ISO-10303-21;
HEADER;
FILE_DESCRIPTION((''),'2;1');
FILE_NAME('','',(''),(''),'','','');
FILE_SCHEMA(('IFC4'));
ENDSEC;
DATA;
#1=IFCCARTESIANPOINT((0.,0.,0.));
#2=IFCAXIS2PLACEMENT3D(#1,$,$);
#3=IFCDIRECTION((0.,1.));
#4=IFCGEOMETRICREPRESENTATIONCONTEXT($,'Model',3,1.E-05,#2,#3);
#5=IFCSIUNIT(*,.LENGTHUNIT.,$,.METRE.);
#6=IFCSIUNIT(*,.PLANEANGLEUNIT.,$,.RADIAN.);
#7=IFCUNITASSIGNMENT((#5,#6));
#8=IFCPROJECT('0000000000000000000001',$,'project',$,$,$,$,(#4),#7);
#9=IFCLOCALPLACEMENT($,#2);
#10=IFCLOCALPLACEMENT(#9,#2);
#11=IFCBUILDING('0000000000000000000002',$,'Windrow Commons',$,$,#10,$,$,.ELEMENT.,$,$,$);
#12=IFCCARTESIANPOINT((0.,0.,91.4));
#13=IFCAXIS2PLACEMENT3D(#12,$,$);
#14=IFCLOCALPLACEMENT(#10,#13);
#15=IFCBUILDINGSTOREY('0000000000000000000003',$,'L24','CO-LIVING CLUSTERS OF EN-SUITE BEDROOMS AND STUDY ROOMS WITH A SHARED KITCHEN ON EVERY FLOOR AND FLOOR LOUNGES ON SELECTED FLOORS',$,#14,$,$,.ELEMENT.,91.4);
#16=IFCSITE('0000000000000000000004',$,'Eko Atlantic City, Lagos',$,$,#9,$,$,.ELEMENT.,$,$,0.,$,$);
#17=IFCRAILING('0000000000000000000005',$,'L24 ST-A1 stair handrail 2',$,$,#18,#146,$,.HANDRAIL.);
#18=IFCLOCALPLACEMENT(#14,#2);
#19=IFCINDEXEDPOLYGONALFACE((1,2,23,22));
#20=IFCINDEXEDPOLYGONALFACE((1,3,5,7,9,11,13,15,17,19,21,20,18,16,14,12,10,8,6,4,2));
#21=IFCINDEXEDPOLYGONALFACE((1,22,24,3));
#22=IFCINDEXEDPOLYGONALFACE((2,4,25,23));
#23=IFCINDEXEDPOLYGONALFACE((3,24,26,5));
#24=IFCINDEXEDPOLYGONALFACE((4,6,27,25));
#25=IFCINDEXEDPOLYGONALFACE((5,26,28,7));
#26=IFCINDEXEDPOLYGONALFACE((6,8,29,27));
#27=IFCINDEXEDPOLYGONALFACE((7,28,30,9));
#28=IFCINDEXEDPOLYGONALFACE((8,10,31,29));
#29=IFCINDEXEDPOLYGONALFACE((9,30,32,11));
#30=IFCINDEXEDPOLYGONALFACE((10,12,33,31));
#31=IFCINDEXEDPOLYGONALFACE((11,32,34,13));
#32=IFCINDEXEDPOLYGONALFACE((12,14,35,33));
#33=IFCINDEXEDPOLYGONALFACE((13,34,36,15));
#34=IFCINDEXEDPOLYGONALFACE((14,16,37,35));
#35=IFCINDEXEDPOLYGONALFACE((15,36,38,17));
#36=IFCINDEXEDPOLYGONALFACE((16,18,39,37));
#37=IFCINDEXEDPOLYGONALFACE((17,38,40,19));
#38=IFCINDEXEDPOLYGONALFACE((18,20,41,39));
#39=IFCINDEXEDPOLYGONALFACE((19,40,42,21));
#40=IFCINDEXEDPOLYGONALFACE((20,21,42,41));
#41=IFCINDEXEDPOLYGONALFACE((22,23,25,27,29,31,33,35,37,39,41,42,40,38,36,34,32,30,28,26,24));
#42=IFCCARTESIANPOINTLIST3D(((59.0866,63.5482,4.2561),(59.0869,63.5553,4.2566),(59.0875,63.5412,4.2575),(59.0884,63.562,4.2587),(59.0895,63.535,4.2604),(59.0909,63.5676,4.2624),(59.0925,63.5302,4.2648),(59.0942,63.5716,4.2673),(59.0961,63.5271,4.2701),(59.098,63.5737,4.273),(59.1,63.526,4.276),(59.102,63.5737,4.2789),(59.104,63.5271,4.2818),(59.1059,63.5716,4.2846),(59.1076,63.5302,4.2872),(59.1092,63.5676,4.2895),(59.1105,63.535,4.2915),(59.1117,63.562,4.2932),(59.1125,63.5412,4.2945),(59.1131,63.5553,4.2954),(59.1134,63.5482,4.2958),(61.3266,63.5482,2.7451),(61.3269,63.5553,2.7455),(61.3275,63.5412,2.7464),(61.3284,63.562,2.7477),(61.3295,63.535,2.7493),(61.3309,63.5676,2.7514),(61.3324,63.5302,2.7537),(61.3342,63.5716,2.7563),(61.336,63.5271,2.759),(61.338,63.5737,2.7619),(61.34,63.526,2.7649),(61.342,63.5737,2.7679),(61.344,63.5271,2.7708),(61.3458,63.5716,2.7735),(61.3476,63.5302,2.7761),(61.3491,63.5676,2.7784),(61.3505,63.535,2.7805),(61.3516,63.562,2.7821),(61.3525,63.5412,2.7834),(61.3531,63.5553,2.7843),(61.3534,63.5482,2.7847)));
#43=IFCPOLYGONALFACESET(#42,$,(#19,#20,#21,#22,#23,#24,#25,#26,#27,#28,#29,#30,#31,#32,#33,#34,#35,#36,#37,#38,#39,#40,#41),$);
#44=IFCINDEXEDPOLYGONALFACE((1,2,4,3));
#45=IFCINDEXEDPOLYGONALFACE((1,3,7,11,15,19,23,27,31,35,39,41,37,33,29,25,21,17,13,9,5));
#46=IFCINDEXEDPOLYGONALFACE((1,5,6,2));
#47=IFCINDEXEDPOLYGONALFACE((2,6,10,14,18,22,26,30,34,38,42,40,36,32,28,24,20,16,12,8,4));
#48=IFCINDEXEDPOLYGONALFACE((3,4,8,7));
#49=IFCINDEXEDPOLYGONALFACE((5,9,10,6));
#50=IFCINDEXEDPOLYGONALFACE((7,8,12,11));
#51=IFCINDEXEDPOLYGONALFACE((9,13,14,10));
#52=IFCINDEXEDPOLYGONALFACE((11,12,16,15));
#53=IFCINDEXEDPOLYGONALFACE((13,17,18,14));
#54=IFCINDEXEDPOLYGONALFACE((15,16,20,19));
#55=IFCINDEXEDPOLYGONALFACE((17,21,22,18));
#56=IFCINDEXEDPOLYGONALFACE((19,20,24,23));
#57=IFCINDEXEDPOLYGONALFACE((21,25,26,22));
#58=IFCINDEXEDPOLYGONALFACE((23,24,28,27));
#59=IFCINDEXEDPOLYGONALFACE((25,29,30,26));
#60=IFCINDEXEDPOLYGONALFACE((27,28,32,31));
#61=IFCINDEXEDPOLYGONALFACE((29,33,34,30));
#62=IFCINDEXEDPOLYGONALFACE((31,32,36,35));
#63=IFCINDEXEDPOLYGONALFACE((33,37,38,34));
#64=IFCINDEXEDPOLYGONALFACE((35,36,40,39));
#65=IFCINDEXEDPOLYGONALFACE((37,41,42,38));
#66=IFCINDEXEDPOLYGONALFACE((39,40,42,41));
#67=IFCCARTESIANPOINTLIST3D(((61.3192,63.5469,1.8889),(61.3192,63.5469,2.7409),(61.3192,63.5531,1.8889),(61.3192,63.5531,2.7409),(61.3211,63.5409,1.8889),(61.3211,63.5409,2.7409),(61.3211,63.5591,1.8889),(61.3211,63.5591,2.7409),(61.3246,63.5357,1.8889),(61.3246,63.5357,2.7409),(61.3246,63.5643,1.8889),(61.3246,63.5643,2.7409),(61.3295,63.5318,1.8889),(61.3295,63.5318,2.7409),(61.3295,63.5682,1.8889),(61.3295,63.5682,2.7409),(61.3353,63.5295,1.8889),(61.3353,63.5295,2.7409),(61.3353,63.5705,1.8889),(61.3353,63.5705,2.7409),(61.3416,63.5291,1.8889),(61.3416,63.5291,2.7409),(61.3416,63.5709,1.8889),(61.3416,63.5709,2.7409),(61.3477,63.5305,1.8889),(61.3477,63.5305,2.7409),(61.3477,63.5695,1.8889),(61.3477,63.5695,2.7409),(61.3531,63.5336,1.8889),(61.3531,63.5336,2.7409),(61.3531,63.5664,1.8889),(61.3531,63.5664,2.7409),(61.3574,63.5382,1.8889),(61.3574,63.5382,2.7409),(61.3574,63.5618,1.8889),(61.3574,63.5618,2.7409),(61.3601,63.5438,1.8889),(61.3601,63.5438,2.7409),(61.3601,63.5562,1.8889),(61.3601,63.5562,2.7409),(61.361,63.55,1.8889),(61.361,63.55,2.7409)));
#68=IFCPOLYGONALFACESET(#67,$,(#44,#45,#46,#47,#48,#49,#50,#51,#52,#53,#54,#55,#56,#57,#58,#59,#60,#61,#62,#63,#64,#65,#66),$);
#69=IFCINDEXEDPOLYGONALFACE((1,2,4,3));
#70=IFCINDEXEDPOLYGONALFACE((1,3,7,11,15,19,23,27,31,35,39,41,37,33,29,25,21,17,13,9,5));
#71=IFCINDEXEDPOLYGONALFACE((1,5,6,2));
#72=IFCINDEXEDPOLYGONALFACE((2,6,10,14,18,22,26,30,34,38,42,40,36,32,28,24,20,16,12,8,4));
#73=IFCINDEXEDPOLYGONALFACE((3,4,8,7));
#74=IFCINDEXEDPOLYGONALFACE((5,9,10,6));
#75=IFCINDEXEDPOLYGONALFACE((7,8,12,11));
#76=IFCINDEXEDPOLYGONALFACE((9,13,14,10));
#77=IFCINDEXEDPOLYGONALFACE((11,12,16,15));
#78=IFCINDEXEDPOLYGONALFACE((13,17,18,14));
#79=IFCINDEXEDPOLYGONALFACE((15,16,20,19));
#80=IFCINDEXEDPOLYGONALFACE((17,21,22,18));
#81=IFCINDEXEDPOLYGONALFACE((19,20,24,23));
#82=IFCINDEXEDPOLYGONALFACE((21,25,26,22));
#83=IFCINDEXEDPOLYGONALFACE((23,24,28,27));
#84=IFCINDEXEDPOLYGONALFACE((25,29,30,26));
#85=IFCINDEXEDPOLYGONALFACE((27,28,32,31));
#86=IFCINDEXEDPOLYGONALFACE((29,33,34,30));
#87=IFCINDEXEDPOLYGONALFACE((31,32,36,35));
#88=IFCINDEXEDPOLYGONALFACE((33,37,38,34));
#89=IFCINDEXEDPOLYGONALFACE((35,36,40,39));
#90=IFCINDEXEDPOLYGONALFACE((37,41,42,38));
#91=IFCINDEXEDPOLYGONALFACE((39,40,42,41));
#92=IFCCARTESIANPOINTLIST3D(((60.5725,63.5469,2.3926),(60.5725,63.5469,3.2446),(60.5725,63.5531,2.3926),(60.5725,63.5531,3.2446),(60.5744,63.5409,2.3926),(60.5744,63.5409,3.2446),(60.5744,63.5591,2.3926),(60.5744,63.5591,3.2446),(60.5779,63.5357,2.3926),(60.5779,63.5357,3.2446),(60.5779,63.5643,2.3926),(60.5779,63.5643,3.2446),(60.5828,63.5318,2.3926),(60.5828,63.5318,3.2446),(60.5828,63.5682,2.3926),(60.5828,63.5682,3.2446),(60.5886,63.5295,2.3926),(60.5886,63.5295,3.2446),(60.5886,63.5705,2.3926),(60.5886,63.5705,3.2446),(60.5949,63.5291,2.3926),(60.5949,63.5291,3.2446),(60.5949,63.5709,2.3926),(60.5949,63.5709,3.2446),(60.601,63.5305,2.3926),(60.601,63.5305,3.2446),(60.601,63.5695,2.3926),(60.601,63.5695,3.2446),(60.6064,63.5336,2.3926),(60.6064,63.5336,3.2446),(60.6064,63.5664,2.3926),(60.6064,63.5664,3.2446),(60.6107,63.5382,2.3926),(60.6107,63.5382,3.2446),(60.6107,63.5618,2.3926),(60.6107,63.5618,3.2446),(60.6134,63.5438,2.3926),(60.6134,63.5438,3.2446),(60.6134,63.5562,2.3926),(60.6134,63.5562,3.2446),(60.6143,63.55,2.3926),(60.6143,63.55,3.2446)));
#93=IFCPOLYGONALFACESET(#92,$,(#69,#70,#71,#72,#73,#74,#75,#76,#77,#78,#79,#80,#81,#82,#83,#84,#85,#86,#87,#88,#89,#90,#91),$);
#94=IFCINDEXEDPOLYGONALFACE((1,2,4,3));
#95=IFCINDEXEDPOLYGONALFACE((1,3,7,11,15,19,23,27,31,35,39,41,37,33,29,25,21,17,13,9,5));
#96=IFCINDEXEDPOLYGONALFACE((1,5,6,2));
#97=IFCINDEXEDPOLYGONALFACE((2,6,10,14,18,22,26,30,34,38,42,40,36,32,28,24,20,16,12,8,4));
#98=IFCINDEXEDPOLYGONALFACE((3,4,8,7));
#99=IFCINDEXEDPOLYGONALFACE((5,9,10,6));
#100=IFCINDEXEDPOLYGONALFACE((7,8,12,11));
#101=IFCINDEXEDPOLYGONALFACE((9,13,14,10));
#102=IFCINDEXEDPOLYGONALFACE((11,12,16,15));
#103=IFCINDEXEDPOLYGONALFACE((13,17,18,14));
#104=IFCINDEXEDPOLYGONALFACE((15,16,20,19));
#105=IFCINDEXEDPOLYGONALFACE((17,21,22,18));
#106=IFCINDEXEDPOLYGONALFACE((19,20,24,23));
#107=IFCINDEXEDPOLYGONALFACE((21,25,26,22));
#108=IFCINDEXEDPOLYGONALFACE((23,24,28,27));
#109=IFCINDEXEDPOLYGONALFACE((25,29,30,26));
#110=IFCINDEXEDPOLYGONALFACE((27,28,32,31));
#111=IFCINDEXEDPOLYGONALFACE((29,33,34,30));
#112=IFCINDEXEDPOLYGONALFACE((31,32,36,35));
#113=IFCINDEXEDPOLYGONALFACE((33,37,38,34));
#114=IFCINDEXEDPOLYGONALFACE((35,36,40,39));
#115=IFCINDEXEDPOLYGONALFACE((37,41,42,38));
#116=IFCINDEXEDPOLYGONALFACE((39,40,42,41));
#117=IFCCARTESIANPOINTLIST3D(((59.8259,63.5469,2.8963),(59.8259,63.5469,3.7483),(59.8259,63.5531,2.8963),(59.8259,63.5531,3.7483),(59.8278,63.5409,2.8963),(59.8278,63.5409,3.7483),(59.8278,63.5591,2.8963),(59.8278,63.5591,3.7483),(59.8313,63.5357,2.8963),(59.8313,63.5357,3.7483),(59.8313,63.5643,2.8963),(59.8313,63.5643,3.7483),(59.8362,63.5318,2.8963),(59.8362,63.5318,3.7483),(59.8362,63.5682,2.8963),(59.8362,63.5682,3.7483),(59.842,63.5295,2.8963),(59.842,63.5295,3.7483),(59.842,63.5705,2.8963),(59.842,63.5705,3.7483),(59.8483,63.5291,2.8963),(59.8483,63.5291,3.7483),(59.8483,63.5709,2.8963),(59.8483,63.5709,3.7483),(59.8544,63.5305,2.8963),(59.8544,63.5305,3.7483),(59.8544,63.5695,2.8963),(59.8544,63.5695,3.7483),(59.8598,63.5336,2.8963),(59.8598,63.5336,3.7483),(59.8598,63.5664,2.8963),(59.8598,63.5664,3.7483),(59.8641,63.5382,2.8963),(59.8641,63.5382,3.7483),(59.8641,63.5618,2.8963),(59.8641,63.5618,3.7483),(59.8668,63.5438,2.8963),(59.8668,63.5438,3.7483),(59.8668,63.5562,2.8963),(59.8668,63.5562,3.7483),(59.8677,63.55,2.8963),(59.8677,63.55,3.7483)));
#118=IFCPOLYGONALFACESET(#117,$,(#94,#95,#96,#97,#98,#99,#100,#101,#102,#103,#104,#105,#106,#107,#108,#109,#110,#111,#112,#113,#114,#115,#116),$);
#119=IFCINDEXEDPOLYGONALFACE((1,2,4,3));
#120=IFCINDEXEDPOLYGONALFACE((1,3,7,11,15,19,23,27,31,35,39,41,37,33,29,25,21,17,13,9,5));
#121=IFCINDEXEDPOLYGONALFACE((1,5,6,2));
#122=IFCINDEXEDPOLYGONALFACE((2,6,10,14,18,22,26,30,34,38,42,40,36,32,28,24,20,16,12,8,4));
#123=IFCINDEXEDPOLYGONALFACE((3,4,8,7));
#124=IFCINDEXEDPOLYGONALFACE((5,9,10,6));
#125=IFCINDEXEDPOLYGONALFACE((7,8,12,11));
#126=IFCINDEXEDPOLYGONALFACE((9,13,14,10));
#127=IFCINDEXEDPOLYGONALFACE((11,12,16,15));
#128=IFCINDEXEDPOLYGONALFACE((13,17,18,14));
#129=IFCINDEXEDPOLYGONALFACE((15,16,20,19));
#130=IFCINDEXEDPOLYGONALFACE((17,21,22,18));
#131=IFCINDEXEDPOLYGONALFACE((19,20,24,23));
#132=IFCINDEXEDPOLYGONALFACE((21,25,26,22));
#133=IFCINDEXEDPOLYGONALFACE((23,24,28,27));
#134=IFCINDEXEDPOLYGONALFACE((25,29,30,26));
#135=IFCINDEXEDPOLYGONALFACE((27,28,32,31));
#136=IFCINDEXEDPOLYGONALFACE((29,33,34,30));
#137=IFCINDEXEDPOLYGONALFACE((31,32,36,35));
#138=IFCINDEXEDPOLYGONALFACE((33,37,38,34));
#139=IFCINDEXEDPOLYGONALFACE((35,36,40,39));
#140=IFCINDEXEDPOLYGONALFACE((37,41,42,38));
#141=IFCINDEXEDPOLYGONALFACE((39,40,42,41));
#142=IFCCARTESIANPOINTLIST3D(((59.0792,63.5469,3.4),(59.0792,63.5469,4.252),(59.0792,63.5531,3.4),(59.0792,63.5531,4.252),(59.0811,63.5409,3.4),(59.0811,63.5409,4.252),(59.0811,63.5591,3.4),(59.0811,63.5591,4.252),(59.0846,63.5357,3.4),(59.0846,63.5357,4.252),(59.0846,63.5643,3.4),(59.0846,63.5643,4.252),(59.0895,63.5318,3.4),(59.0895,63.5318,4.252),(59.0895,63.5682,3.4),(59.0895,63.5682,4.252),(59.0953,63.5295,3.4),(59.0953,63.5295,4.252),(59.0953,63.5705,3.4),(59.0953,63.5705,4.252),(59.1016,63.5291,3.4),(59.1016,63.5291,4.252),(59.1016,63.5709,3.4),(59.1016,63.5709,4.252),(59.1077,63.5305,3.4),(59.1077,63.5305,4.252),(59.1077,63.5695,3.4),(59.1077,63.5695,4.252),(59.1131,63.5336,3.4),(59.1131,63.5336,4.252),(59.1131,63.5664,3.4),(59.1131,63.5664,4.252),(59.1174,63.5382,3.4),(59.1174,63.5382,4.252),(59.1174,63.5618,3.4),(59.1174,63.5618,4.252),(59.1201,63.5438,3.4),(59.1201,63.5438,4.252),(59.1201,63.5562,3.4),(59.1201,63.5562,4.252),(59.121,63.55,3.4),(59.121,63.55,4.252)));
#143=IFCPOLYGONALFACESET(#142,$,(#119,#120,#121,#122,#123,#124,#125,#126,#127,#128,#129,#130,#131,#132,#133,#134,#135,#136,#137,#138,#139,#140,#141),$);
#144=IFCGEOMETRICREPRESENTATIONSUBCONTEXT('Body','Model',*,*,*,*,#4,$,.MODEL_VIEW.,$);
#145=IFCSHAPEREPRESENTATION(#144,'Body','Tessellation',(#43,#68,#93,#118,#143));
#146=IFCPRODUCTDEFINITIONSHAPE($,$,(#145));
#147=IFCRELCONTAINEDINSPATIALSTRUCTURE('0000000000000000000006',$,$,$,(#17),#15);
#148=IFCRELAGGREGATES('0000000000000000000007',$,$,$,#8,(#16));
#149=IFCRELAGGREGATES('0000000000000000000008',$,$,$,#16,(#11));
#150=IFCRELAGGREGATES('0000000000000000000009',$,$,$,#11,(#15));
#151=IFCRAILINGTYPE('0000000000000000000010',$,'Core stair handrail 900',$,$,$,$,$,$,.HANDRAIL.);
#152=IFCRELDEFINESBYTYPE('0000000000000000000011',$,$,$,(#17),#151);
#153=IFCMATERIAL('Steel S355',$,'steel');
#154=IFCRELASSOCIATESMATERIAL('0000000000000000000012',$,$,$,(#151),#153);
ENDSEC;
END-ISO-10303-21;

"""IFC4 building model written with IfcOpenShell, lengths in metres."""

from ifc_helpers import new_model, si_unit, direction, frame, origin, origin_2d, place, context, subcontext, project, spatial, circle, extrude, material, type_object, element, save


model = new_model("IFC4")

# Units and contexts
model_context = context("Model", 3, precision=1e-05, world=origin(), true_north=direction((0.0, 1.0)))
body_context = subcontext(model_context, "Body", "Model", "MODEL_VIEW")
ifc_project = project(units=[si_unit("LENGTHUNIT", "METRE"), si_unit("PLANEANGLEUNIT", "RADIAN")], contexts=[model_context])

# Site, building, storey
site_placement = place(None, origin())
site = spatial("IfcSite", under=ifc_project, at=site_placement, Name="Eko Atlantic City, Lagos", CompositionType="ELEMENT", RefElevation=0.0)
building_placement = place(site_placement, origin())
building = spatial("IfcBuilding", under=site, at=building_placement, Name="Windrow Commons", CompositionType="ELEMENT")
storey_placement = place(building_placement, frame((0.0, 0.0, 91.4)))
storey = spatial("IfcBuildingStorey", under=building, at=storey_placement, Name="L24", Description="CO-LIVING CLUSTERS OF EN-SUITE BEDROOMS AND STUDY ROOMS WITH A SHARED KITCHEN ON EVERY FLOOR AND FLOOR LOUNGES ON SELECTED FLOORS", CompositionType="ELEMENT", Elevation=91.4)

# Railing
ifc_material_1 = material(Name="Steel S355", Category="steel")
railing_type_1 = type_object("IfcRailingType", Name="Core stair handrail 900", PredefinedType="HANDRAIL", material=ifc_material_1)
railing_placement = place(storey_placement, frame((61.34, 63.55, 1.8889)))
element("IfcRailing", 1, at=railing_placement, inside=storey, type_object=railing_type_1, Name="L24 ST-A1 stair handrail 2", PredefinedType="HANDRAIL", context=body_context, shape_type="SweptSolid", body=[
    extrude(circle(Radius=0.024, at=origin_2d()), frame((0.0, 0.0, 0.876), z_axis=(-0.829003, 0.0, 0.559244), x_axis=(0.0, -1.0, 0.0)), (0.0, 0.0, 1.0), 2.702),
    extrude(circle(Radius=0.021, at=origin_2d()), origin(), (0.0, 0.0, 1.0), 0.852),
    extrude(circle(Radius=0.021, at=origin_2d()), frame((-0.7467, 0.0, 0.5037)), (0.0, 0.0, 1.0), 0.852),
    extrude(circle(Radius=0.021, at=origin_2d()), frame((-1.4933, 0.0, 1.0074)), (0.0, 0.0, 1.0), 0.852),
    extrude(circle(Radius=0.021, at=origin_2d()), frame((-2.24, 0.0, 1.5111)), (0.0, 0.0, 1.0), 0.852),
])

save(model, "model.ifc")
